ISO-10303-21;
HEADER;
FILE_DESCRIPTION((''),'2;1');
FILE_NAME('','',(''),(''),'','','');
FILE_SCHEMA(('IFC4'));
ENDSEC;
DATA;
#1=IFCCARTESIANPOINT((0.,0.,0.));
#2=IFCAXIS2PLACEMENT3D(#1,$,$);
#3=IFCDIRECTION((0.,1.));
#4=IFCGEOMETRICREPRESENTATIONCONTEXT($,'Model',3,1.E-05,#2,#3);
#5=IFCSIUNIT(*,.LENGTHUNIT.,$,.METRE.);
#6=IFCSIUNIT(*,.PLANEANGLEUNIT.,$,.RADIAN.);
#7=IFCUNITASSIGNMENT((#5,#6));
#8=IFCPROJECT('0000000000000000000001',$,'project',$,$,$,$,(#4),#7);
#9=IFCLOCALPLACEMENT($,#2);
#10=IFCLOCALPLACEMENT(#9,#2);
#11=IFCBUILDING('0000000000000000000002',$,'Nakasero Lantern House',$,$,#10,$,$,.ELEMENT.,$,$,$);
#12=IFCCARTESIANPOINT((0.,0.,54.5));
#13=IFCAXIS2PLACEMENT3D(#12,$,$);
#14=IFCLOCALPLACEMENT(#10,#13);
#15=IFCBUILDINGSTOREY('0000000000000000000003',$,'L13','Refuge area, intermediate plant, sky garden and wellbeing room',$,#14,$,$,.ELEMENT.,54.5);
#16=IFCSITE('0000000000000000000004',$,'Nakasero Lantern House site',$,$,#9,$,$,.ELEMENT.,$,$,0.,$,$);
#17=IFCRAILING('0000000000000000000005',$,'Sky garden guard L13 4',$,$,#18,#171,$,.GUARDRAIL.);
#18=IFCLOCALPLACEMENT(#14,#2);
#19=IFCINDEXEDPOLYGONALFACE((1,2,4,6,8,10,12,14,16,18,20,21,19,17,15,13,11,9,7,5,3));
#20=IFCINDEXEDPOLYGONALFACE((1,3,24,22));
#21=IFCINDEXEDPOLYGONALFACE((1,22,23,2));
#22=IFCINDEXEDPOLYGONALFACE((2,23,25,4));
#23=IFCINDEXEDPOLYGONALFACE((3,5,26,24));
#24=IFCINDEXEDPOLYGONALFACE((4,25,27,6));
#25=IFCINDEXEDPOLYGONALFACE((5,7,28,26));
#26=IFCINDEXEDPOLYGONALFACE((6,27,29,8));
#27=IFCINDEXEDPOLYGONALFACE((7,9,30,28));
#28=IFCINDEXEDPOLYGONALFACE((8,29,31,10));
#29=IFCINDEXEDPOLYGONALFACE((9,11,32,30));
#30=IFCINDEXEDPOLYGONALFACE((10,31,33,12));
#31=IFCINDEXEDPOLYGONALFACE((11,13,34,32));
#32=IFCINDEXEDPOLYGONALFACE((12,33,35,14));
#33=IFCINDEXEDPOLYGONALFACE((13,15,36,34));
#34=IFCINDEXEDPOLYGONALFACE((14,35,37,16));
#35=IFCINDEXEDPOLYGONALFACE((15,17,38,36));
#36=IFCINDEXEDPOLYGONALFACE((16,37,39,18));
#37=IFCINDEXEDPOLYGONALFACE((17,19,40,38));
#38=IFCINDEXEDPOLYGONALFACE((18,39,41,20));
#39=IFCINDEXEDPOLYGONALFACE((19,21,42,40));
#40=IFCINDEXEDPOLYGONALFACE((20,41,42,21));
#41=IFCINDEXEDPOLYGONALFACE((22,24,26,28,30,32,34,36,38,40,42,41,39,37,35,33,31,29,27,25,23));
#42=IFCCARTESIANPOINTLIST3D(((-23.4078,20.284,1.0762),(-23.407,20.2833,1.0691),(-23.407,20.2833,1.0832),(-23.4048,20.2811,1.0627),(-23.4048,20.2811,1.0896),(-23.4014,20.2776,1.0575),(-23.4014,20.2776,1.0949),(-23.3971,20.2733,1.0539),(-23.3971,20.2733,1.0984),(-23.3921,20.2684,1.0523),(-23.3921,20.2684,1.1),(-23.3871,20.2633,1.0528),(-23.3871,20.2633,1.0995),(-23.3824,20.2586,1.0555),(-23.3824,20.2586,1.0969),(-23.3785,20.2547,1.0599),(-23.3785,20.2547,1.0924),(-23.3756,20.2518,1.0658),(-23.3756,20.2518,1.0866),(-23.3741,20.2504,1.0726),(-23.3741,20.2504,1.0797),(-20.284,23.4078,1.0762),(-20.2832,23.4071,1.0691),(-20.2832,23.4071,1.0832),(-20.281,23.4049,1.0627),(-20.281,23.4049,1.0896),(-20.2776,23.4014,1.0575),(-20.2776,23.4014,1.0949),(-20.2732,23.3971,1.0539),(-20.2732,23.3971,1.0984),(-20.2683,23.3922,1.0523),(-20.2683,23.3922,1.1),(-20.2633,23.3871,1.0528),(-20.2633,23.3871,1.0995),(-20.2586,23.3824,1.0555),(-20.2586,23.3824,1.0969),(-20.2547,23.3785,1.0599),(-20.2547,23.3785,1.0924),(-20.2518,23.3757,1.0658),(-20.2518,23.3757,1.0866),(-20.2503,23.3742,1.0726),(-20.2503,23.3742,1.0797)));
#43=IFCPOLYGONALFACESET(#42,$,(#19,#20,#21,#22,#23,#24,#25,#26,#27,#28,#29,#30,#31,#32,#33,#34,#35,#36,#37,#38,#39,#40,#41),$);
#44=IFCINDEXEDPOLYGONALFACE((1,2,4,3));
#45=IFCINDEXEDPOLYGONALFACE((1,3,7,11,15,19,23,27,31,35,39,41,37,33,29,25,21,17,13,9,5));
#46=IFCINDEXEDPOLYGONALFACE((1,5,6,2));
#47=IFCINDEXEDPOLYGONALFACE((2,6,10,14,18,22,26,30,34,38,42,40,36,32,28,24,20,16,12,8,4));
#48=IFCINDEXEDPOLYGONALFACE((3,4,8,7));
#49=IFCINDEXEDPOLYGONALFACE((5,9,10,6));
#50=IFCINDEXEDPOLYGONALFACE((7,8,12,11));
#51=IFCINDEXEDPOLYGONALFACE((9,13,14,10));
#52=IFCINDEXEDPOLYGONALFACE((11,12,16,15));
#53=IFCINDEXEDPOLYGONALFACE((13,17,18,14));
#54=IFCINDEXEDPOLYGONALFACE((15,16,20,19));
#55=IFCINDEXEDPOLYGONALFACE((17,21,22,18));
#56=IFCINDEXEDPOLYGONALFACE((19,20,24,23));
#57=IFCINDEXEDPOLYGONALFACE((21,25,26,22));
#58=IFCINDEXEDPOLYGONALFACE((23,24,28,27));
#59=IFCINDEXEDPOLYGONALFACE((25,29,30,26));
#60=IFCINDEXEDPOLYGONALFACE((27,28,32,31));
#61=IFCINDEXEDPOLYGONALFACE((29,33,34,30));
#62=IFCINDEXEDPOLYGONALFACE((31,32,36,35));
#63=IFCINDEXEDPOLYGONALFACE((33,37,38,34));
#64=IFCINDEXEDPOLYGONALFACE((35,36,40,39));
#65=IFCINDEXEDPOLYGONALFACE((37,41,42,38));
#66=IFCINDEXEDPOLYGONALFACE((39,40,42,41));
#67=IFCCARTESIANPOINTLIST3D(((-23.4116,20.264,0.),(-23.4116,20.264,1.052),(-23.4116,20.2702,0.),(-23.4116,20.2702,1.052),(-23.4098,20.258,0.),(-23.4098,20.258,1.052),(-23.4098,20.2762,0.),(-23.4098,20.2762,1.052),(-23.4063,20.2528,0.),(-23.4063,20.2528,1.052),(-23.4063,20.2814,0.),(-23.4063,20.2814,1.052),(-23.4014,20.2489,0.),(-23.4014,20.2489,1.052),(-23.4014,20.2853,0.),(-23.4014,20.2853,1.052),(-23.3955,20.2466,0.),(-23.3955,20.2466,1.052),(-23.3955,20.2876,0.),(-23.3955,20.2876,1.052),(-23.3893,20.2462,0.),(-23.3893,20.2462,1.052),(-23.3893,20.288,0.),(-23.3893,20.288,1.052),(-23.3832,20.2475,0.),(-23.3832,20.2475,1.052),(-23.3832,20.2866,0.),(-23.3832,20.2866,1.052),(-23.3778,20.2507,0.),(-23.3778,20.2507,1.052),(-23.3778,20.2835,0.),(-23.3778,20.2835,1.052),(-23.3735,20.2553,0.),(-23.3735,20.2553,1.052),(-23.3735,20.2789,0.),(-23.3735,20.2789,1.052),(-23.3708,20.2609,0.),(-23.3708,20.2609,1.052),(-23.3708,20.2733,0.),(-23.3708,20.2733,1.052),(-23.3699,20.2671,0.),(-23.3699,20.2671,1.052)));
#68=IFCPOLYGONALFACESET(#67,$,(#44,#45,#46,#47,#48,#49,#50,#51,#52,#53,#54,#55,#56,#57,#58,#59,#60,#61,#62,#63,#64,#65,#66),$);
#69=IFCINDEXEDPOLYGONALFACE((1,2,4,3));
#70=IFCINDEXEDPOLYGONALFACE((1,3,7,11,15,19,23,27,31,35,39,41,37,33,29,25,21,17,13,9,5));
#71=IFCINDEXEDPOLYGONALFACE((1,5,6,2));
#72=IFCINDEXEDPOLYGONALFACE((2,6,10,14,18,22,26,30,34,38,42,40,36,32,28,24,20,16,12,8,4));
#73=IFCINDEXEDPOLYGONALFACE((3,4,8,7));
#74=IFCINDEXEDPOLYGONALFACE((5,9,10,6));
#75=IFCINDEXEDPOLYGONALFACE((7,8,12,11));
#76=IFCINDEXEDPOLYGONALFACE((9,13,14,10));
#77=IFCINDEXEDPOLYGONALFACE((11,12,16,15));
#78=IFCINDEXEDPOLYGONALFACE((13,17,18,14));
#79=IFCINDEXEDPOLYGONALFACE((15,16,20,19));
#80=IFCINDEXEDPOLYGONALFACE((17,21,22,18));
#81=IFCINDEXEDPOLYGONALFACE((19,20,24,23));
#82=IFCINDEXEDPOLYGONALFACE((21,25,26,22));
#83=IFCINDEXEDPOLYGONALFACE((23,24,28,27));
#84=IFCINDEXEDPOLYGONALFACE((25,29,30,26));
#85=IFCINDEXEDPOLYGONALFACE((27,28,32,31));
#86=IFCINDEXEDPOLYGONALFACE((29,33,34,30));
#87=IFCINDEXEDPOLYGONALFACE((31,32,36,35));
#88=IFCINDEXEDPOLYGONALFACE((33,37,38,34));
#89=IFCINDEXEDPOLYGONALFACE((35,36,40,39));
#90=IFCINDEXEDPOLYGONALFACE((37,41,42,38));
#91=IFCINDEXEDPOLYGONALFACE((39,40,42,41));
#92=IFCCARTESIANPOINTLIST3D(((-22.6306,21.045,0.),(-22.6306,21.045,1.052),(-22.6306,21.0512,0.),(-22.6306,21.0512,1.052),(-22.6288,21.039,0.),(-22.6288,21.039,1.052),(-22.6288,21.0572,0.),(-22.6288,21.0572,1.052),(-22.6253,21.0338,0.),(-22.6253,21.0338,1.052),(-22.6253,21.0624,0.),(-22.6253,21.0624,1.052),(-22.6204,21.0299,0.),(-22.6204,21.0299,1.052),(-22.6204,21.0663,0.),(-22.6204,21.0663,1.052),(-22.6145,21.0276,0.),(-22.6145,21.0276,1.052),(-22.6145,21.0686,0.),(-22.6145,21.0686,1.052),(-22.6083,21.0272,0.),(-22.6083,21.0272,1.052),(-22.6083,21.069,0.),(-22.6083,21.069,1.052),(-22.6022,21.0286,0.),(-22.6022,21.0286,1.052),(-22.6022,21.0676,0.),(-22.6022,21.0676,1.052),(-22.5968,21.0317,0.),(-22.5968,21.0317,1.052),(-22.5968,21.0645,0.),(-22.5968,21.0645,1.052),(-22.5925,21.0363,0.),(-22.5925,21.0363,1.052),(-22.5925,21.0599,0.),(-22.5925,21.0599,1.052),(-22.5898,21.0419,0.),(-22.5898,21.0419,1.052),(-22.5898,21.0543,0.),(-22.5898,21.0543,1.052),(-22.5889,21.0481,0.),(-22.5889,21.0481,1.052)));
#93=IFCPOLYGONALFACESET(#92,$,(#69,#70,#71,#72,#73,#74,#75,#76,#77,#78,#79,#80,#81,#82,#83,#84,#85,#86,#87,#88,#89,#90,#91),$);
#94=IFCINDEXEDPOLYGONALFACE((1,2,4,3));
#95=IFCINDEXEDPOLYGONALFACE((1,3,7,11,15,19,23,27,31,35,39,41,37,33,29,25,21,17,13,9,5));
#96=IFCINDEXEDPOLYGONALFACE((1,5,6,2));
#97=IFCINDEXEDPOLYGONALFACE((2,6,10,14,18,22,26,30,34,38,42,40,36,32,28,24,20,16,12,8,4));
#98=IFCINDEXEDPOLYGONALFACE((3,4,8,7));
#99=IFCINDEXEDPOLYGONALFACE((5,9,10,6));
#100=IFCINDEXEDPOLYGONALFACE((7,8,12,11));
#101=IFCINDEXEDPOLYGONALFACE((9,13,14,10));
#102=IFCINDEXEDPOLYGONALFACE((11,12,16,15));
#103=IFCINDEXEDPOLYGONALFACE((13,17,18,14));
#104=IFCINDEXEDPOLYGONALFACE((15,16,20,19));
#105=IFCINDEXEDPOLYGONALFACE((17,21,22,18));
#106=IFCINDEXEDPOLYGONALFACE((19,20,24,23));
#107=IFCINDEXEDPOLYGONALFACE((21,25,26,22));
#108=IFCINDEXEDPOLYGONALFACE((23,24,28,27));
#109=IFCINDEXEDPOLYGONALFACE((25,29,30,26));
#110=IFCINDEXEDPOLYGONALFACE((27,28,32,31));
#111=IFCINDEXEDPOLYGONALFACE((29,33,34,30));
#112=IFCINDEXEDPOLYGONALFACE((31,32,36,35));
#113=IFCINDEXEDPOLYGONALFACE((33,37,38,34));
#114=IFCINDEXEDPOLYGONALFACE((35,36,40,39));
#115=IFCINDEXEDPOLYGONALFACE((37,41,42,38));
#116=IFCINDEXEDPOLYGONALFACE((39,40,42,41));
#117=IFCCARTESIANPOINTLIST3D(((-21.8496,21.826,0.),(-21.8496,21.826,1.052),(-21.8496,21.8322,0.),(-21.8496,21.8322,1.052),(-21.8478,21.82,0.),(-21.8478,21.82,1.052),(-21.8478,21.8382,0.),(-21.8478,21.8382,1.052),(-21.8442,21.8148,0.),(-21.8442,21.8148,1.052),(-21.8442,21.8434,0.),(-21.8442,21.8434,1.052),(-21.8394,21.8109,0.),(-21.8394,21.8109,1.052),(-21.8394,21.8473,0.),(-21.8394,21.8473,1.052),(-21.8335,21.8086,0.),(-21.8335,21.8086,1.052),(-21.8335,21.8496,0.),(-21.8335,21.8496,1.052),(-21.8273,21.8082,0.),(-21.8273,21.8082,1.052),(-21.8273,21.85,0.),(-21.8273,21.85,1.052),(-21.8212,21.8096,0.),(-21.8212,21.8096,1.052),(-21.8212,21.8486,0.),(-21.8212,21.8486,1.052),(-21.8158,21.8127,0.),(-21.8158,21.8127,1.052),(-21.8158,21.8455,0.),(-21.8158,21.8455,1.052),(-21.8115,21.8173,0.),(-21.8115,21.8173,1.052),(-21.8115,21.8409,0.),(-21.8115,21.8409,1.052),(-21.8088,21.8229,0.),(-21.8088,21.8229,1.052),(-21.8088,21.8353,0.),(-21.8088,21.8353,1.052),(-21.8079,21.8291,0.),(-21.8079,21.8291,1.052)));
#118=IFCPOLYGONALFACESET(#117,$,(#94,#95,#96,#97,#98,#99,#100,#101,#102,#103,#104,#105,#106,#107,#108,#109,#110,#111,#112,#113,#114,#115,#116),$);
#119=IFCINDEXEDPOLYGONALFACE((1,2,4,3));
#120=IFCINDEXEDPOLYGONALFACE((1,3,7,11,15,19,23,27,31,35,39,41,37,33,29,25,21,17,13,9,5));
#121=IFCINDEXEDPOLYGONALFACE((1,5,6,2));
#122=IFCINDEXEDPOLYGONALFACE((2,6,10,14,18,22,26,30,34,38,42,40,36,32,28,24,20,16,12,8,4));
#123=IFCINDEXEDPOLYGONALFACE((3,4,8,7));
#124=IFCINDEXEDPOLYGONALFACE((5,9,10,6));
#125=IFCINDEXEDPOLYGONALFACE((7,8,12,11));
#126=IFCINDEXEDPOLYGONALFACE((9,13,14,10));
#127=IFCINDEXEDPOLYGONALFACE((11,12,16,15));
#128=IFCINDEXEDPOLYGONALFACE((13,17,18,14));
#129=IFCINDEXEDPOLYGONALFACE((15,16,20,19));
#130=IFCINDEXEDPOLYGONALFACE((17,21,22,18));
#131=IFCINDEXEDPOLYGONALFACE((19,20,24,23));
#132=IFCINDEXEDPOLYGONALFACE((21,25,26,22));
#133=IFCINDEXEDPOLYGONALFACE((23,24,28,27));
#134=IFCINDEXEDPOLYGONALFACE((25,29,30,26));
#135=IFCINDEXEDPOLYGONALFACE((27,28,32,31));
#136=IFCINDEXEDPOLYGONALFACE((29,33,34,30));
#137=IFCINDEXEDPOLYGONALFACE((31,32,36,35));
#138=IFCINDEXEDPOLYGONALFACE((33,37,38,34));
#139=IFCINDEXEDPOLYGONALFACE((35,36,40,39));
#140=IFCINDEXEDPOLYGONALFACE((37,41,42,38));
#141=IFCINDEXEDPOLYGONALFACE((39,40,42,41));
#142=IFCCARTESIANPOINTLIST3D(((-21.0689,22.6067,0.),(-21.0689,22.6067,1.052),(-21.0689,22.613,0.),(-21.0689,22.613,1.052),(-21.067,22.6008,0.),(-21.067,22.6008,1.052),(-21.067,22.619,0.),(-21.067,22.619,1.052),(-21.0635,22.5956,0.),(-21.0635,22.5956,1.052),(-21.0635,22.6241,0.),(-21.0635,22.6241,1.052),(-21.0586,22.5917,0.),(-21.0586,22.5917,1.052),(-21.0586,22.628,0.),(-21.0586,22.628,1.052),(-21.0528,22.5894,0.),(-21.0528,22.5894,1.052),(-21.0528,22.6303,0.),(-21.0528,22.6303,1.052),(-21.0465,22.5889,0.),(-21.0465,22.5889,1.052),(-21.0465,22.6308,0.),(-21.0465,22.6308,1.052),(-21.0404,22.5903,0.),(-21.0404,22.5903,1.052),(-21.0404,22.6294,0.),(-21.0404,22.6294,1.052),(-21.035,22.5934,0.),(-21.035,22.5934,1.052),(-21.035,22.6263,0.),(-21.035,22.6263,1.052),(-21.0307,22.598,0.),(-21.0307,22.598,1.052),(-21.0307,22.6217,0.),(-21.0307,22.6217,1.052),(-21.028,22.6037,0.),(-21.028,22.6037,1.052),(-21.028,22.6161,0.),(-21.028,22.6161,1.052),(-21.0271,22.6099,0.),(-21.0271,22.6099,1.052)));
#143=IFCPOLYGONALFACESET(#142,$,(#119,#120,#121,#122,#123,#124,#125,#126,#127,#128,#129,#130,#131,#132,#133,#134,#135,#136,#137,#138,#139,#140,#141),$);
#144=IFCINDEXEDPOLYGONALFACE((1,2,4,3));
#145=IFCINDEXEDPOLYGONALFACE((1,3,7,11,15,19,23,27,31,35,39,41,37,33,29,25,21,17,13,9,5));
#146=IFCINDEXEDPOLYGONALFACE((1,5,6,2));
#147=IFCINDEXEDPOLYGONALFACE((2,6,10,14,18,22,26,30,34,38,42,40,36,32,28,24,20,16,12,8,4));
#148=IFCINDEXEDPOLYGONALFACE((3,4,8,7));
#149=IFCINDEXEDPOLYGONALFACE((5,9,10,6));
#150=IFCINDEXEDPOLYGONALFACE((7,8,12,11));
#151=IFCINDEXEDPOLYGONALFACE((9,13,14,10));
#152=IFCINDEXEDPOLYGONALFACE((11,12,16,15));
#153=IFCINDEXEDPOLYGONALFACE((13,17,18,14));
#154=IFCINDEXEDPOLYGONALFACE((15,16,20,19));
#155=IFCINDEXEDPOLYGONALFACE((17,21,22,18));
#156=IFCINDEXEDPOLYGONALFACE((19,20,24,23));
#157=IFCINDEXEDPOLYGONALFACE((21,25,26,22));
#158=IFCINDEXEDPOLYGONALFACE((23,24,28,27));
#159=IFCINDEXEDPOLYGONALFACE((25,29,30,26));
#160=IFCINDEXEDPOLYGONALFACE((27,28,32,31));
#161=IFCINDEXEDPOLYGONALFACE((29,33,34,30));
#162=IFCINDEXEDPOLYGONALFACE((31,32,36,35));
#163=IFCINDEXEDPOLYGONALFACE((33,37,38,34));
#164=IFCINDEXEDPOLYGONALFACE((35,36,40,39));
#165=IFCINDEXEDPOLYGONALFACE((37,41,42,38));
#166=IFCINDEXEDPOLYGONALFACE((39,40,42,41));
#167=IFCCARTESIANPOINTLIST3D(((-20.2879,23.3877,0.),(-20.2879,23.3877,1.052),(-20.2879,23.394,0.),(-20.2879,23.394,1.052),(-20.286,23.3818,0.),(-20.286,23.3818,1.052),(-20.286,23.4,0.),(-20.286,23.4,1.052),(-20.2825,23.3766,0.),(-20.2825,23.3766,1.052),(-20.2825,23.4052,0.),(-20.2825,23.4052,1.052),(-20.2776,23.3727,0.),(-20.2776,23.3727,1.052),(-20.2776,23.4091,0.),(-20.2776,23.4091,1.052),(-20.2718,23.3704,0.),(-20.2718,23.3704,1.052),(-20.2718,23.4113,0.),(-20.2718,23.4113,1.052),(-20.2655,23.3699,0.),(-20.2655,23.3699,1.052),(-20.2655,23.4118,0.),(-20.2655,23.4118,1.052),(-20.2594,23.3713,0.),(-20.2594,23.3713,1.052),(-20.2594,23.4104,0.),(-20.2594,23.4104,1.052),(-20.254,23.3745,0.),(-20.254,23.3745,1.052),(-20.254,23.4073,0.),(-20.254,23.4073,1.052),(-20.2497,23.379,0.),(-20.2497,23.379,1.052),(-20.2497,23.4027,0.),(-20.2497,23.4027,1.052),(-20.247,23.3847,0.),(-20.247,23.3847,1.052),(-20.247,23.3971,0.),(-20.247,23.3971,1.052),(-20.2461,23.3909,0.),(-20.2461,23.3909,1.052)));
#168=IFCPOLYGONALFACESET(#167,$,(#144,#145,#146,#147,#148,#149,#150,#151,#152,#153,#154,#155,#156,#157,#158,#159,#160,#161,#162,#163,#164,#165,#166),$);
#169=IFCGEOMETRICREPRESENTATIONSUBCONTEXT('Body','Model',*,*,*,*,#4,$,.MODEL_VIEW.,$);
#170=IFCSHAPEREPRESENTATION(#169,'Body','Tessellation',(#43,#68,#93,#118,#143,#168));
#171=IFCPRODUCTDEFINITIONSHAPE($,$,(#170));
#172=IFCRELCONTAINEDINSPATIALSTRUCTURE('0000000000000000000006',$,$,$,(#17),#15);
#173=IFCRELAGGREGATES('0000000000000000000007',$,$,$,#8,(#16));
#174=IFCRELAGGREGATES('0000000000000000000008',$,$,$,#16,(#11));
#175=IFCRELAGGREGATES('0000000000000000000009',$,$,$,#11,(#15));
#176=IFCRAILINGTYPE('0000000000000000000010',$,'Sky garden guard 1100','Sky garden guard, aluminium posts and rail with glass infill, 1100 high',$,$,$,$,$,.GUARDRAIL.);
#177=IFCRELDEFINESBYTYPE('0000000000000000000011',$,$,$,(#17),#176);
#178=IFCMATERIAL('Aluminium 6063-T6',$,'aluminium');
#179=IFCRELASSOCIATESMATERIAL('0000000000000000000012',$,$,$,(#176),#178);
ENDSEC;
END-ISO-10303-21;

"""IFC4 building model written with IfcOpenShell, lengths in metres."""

from ifc_helpers import new_model, si_unit, direction, frame, origin, origin_2d, place, context, subcontext, project, spatial, circle, extrude, material, type_object, element, save


model = new_model("IFC4")

# Units and contexts
model_context = context("Model", 3, precision=1e-05, world=origin(), true_north=direction((0.0, 1.0)))
body_context = subcontext(model_context, "Body", "Model", "MODEL_VIEW")
ifc_project = project(units=[si_unit("LENGTHUNIT", "METRE"), si_unit("PLANEANGLEUNIT", "RADIAN")], contexts=[model_context])

# Site, building, storey
site_placement = place(None, origin())
site = spatial("IfcSite", under=ifc_project, at=site_placement, Name="Nakasero Lantern House site", CompositionType="ELEMENT", RefElevation=0.0)
building_placement = place(site_placement, origin())
building = spatial("IfcBuilding", under=site, at=building_placement, Name="Nakasero Lantern House", CompositionType="ELEMENT")
storey_placement = place(building_placement, frame((0.0, 0.0, 54.5)))
storey = spatial("IfcBuildingStorey", under=building, at=storey_placement, Name="L13", Description="Refuge area, intermediate plant, sky garden and wellbeing room", CompositionType="ELEMENT", Elevation=54.5)

# Railing
ifc_material_1 = material(Name="Aluminium 6063-T6", Category="aluminium")
railing_type = type_object("IfcRailingType", Name="Sky garden guard 1100", Description="Sky garden guard, aluminium posts and rail with glass infill, 1100 high", PredefinedType="GUARDRAIL", material=ifc_material_1)
railing_1_placement = place(storey_placement, frame((-23.3909, 20.2671, 0.0)))
element("IfcRailing", 1, at=railing_1_placement, inside=storey, type_object=railing_type, Name="Sky garden guard L13 4", PredefinedType="GUARDRAIL", context=body_context, shape_type="SweptSolid", body=[
    extrude(circle(Radius=0.0239, at=origin_2d()), frame((0.0, 0.0, 1.0762), z_axis=(0.707107, 0.707107, 0.0), x_axis=(-0.707107, 0.707107, 0.0)), (0.0, 0.0, 1.0), 4.4177),
    extrude(circle(Radius=0.021, at=origin_2d()), origin(), (0.0, 0.0, 1.0), 1.052),
    extrude(circle(Radius=0.021, at=origin_2d()), frame((0.781, 0.781, 0.0)), (0.0, 0.0, 1.0), 1.052),
    extrude(circle(Radius=0.021, at=origin_2d()), frame((1.562, 1.562, 0.0)), (0.0, 0.0, 1.0), 1.052),
    extrude(circle(Radius=0.021, at=origin_2d()), frame((2.3428, 2.3428, 0.0)), (0.0, 0.0, 1.0), 1.052),
    extrude(circle(Radius=0.021, at=origin_2d()), frame((3.1238, 3.1238, 0.0)), (0.0, 0.0, 1.0), 1.052),
])

save(model, "model.ifc")
